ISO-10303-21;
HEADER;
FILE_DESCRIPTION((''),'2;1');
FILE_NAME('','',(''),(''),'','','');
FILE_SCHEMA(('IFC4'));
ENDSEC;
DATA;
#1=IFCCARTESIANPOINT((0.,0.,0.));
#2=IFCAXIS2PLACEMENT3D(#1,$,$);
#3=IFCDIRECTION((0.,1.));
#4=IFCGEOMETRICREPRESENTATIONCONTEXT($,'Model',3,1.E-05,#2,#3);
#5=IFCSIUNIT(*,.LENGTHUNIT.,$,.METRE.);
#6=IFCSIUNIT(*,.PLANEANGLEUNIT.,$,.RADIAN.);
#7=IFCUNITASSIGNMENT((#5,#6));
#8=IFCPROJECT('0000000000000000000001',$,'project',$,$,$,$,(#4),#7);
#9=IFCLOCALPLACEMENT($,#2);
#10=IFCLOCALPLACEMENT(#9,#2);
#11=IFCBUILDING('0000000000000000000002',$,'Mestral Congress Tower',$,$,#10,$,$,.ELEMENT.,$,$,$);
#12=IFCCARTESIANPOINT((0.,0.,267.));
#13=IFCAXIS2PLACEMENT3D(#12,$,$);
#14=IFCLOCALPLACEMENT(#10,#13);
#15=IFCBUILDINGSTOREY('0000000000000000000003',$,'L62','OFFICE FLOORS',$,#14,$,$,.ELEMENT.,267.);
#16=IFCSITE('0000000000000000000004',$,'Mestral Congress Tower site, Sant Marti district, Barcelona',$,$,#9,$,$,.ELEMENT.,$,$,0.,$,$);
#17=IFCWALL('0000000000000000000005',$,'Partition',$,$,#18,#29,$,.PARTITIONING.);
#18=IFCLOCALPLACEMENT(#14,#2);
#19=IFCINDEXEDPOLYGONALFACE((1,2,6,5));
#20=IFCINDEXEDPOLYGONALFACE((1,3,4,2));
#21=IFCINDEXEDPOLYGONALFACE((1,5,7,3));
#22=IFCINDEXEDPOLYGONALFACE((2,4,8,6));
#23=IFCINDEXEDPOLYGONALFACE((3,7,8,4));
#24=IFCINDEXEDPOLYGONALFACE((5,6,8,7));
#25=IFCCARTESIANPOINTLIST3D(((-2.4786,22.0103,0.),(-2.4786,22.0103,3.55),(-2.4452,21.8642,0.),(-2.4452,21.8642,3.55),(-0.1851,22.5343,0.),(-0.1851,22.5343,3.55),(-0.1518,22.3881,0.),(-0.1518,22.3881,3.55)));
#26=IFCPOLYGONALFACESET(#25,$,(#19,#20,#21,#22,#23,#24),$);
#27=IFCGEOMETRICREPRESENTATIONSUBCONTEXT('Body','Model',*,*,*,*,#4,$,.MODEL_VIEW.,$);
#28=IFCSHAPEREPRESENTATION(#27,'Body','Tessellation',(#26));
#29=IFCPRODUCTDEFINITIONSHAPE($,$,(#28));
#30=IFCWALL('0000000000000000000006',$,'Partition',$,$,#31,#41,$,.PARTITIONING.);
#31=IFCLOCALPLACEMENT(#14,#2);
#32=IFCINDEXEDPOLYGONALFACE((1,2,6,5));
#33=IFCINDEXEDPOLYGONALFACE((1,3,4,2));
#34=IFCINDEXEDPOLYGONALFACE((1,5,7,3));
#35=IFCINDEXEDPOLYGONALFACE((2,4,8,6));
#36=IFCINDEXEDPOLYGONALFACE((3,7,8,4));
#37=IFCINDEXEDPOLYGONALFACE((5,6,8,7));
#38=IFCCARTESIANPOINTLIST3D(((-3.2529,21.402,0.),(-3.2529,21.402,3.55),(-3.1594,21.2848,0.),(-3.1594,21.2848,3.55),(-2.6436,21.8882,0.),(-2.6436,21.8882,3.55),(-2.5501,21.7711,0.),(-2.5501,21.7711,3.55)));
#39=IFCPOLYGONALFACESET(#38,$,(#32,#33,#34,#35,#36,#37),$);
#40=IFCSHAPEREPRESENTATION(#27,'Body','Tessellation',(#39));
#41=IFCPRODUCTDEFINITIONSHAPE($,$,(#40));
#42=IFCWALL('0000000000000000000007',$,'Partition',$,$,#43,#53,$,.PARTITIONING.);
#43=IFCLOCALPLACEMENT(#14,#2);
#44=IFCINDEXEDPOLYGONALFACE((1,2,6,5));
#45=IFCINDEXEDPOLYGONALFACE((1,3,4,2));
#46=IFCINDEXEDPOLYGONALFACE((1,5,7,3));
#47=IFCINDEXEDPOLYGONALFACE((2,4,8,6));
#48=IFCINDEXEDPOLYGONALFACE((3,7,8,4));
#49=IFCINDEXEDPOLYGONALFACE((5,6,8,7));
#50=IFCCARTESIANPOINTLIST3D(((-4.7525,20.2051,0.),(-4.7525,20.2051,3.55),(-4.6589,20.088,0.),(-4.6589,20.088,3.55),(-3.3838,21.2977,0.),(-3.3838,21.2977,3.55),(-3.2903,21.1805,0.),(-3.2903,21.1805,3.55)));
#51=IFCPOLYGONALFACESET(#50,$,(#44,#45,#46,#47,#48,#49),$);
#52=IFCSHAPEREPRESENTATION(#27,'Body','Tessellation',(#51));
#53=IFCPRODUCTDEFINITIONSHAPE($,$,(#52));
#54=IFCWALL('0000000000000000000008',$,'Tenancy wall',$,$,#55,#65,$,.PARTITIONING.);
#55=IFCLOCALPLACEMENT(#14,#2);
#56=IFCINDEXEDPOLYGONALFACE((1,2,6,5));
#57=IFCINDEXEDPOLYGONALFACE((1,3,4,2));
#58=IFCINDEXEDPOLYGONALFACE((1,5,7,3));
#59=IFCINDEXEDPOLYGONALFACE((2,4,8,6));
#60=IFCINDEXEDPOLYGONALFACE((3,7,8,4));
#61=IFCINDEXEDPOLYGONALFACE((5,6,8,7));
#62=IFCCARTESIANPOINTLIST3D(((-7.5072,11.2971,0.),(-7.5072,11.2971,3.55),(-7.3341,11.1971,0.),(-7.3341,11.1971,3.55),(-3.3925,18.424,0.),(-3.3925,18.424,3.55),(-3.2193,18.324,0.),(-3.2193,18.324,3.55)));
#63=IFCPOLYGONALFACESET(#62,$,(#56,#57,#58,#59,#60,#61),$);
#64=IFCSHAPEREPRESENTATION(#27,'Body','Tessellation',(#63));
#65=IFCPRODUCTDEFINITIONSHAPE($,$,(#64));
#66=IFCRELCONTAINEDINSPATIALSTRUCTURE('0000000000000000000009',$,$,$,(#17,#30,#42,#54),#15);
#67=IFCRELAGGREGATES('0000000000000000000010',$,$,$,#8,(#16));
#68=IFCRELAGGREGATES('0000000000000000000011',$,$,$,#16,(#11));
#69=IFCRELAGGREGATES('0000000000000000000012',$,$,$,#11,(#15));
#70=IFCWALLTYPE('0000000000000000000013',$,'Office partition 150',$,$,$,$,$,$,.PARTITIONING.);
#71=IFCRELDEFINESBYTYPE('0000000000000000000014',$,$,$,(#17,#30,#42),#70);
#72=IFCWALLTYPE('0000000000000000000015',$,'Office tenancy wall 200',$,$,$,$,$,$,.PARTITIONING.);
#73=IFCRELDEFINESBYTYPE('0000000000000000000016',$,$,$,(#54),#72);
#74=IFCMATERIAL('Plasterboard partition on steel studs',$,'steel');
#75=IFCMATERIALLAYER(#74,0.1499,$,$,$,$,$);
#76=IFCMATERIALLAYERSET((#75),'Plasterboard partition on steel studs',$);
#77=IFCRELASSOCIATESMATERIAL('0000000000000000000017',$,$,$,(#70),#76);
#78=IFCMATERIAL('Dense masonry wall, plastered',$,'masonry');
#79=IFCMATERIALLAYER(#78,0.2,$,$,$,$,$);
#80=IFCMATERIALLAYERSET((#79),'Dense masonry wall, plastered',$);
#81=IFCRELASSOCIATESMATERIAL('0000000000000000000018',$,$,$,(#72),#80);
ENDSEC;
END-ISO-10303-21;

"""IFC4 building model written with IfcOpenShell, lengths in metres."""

from ifc_helpers import new_model, si_unit, direction, frame, frame_2d, origin, place, context, subcontext, project, spatial, rectangle, extrude, material, layer, layer_set, type_object, element, save


model = new_model("IFC4")

# Units and contexts
model_context = context("Model", 3, precision=1e-05, world=origin(), true_north=direction((0.0, 1.0)))
body_context = subcontext(model_context, "Body", "Model", "MODEL_VIEW")
ifc_project = project(units=[si_unit("LENGTHUNIT", "METRE"), si_unit("PLANEANGLEUNIT", "RADIAN")], contexts=[model_context])

# Site, building, storey
site_placement = place(None, origin())
site = spatial("IfcSite", under=ifc_project, at=site_placement, Name="Mestral Congress Tower site, Sant Marti district, Barcelona", CompositionType="ELEMENT", RefElevation=0.0)
building_placement = place(site_placement, origin())
building = spatial("IfcBuilding", under=site, at=building_placement, Name="Mestral Congress Tower", CompositionType="ELEMENT")
storey_placement = place(building_placement, frame((0.0, 0.0, 267.0)))
storey = spatial("IfcBuildingStorey", under=building, at=storey_placement, Name="L62", Description="OFFICE FLOORS", CompositionType="ELEMENT", Elevation=267.0)

# Walls
ifc_material_1 = material(Name="Plasterboard partition on steel studs", Category="steel")
ifc_layer_1 = layer(ifc_material_1, 0.1499)
ifc_layer_set_1 = layer_set([ifc_layer_1], Name="Plasterboard partition on steel studs")
wall_type_1 = type_object("IfcWallType", Name="Office partition 150", PredefinedType="PARTITIONING", material=ifc_layer_set_1)
wall_1_placement = place(storey_placement, frame((-0.1685, 22.4612, 0.0), z_axis=(0.0, 0.0, 1.0), x_axis=(-0.974886, -0.222706, 0.0)))
element("IfcWall", 1, at=wall_1_placement, inside=storey, type_object=wall_type_1, Name="Partition", PredefinedType="PARTITIONING", context=body_context, shape_type="SweptSolid", body=[
    extrude(rectangle(XDim=2.3525, YDim=0.1499, at=frame_2d((1.1763, 0.0))), origin(), (0.0, 0.0, 1.0), 3.55),
])
wall_2_placement = place(storey_placement, frame((-2.5969, 21.8296, 0.0), z_axis=(0.0, 0.0, 1.0), x_axis=(-0.781601, -0.623778, 0.0)))
element("IfcWall", 2, at=wall_2_placement, inside=storey, type_object=wall_type_1, Name="Partition", PredefinedType="PARTITIONING", context=body_context, shape_type="SweptSolid", body=[
    extrude(rectangle(XDim=0.7795, YDim=0.1499, at=frame_2d((0.3896, 0.0))), origin(), (0.0, 0.0, 1.0), 3.55),
])
wall_3_placement = place(storey_placement, frame((-3.3372, 21.239, 0.0), z_axis=(0.0, 0.0, 1.0), x_axis=(-0.781535, -0.623862, 0.0)))
element("IfcWall", 3, at=wall_3_placement, inside=storey, type_object=wall_type_1, Name="Partition", PredefinedType="PARTITIONING", context=body_context, shape_type="SweptSolid", body=[
    extrude(rectangle(XDim=1.7512, YDim=0.1499, at=frame_2d((0.8755, 0.0))), origin(), (0.0, 0.0, 1.0), 3.55),
])
ifc_material_2 = material(Name="Dense masonry wall, plastered", Category="masonry")
ifc_layer_2 = layer(ifc_material_2, 0.2)
ifc_layer_set_2 = layer_set([ifc_layer_2], Name="Dense masonry wall, plastered")
wall_type_2 = type_object("IfcWallType", Name="Office tenancy wall 200", PredefinedType="PARTITIONING", material=ifc_layer_set_2)
wall_4_placement = place(storey_placement, frame((-3.3059, 18.374, 0.0), z_axis=(0.0, 0.0, 1.0), x_axis=(-0.5, -0.866026, 0.0)))
element("IfcWall", 4, at=wall_4_placement, inside=storey, type_object=wall_type_2, Name="Tenancy wall", PredefinedType="PARTITIONING", context=body_context, shape_type="SweptSolid", body=[
    extrude(rectangle(XDim=8.2295, YDim=0.2, at=frame_2d((4.1147, 0.0))), origin(), (0.0, 0.0, 1.0), 3.55),
])

save(model, "model.ifc")
